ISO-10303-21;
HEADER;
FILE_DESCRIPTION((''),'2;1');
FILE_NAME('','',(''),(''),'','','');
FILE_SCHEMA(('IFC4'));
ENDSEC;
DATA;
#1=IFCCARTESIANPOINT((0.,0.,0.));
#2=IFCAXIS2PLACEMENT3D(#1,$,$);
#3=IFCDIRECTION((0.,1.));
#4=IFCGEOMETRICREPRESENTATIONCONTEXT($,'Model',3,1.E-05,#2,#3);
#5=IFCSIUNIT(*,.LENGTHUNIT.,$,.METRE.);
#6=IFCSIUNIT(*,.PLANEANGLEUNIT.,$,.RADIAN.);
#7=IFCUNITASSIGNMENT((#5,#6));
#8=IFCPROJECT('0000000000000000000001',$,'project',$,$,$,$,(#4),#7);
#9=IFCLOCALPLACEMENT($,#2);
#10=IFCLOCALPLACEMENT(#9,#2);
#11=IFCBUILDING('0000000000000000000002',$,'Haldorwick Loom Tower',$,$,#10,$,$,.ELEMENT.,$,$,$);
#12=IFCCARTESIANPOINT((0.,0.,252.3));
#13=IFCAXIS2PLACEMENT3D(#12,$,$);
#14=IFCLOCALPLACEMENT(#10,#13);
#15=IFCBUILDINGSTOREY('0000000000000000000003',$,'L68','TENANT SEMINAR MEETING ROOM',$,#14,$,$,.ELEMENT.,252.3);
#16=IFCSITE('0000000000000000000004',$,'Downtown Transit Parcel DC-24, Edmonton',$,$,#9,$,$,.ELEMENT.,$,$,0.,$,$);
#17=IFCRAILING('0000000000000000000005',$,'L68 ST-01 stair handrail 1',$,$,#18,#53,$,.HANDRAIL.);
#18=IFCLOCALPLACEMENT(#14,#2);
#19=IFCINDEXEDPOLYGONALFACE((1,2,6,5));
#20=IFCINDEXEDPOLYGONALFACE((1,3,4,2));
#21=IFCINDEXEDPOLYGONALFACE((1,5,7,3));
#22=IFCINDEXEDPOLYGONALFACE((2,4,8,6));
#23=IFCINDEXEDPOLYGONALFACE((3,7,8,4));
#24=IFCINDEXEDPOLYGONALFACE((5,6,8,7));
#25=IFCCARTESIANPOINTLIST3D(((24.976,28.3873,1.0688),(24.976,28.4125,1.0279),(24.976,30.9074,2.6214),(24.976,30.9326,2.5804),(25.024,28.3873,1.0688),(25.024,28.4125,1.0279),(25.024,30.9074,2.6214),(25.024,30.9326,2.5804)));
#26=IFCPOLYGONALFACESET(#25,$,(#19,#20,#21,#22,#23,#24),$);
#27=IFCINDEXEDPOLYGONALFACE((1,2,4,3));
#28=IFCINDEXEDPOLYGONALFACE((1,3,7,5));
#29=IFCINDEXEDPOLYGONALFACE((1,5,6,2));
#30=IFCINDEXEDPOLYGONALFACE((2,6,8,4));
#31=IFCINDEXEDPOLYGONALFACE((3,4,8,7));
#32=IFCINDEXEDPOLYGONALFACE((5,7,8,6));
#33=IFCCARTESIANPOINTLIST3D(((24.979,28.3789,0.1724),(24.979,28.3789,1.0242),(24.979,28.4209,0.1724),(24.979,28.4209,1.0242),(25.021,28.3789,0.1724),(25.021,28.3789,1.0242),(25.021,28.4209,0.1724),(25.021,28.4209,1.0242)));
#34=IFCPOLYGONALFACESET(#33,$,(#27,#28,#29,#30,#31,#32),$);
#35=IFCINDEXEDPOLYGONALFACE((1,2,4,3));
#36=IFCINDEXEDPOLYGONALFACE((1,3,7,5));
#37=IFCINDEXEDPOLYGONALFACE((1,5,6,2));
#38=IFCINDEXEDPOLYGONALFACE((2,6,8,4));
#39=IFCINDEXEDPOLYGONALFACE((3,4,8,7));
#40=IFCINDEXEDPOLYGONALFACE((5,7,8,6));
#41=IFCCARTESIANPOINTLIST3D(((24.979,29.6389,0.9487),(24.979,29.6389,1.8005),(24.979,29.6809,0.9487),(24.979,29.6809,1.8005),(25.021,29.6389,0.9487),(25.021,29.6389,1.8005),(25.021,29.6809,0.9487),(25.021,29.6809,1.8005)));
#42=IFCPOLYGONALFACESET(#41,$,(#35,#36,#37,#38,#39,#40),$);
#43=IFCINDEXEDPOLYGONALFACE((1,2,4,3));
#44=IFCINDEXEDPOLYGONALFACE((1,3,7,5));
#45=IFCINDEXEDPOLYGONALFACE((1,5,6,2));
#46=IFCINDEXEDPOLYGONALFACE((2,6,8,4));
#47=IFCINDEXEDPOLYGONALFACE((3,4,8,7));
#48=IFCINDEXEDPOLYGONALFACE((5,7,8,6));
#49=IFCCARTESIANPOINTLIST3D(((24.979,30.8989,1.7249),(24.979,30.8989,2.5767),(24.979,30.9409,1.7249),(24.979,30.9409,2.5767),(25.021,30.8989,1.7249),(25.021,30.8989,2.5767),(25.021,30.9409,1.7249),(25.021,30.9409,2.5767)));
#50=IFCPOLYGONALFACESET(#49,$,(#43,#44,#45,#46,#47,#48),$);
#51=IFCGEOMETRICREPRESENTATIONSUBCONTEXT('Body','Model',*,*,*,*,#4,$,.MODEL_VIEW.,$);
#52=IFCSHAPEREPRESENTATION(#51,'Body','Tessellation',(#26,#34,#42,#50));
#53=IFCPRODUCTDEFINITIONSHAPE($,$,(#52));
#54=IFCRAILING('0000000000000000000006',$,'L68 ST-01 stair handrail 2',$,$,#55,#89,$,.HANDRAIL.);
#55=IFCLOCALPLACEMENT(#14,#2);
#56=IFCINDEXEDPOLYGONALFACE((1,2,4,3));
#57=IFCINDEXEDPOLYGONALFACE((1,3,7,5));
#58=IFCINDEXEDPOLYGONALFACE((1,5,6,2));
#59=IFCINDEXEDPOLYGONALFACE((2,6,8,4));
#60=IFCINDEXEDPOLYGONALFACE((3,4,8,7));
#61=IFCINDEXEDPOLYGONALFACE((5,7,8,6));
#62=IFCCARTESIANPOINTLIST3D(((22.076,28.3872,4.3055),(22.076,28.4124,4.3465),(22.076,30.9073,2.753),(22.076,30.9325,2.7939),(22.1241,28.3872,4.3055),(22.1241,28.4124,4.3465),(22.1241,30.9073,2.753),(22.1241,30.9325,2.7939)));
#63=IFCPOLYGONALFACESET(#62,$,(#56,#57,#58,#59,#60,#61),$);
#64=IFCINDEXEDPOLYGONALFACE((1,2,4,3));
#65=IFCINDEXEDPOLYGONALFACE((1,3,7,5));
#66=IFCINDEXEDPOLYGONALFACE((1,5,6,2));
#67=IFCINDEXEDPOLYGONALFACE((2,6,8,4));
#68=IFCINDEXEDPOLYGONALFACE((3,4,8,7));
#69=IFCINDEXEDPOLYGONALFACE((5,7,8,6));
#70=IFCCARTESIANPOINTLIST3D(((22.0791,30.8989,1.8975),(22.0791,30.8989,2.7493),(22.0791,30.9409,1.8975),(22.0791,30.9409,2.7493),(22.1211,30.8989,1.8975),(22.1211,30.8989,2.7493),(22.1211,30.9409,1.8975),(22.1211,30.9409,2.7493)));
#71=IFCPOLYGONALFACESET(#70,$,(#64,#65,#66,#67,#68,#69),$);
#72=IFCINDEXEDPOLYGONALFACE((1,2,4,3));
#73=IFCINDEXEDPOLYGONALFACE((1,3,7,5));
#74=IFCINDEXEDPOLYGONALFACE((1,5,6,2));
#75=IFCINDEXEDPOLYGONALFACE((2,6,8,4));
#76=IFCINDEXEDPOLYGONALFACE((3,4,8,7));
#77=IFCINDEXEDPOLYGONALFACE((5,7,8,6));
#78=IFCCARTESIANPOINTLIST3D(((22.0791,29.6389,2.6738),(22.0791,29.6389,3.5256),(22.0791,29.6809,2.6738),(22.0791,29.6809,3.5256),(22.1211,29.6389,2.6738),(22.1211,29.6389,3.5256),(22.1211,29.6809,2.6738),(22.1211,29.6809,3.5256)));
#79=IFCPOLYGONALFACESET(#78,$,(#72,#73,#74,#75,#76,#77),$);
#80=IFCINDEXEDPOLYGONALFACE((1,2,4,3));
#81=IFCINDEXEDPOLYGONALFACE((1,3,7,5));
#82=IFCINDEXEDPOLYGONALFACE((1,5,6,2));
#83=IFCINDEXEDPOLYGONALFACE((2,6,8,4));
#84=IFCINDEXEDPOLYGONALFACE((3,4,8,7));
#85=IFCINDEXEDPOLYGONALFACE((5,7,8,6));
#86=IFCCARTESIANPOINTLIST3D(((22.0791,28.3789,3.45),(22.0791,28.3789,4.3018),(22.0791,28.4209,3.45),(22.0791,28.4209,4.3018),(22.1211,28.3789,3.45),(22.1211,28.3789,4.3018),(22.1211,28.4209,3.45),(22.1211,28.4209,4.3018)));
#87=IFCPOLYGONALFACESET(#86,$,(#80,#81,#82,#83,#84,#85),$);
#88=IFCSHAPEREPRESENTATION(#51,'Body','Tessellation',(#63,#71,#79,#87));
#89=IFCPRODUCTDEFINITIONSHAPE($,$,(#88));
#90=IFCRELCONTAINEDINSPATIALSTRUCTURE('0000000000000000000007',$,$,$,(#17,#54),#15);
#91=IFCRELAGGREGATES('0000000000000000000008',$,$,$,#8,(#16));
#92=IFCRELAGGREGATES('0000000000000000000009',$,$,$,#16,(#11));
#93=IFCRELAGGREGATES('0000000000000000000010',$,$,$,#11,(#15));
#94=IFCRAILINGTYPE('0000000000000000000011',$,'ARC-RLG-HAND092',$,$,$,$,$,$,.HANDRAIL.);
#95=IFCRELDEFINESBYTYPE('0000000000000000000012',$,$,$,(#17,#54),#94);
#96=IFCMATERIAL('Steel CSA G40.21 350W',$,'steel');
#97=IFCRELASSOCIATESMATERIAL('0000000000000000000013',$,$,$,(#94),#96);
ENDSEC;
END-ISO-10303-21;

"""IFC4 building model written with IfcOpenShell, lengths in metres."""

from ifc_helpers import new_model, si_unit, direction, frame, origin, origin_2d, place, context, subcontext, project, spatial, rectangle, extrude, material, type_object, element, save


model = new_model("IFC4")

# Units and contexts
model_context = context("Model", 3, precision=1e-05, world=origin(), true_north=direction((0.0, 1.0)))
body_context = subcontext(model_context, "Body", "Model", "MODEL_VIEW")
ifc_project = project(units=[si_unit("LENGTHUNIT", "METRE"), si_unit("PLANEANGLEUNIT", "RADIAN")], contexts=[model_context])

# Site, building, storey
site_placement = place(None, origin())
site = spatial("IfcSite", under=ifc_project, at=site_placement, Name="Downtown Transit Parcel DC-24, Edmonton", CompositionType="ELEMENT", RefElevation=0.0)
building_placement = place(site_placement, origin())
building = spatial("IfcBuilding", under=site, at=building_placement, Name="Haldorwick Loom Tower", CompositionType="ELEMENT")
storey_placement = place(building_placement, frame((0.0, 0.0, 252.3)))
storey = spatial("IfcBuildingStorey", under=building, at=storey_placement, Name="L68", Description="TENANT SEMINAR MEETING ROOM", CompositionType="ELEMENT", Elevation=252.3)

# Shared definitions
ifc_material_1 = material(Name="Steel CSA G40.21 350W", Category="steel")

# Railings
railing_type_1 = type_object("IfcRailingType", Name="ARC-RLG-HAND092", PredefinedType="HANDRAIL", material=ifc_material_1)
railing_1_placement = place(storey_placement, frame((25.0, 28.3999, 0.1724)))
element("IfcRailing", 1, at=railing_1_placement, inside=storey, type_object=railing_type_1, Name="L68 ST-01 stair handrail 1", PredefinedType="HANDRAIL", context=body_context, shape_type="SweptSolid", body=[
    extrude(rectangle(XDim=0.0481, YDim=0.0481, at=origin_2d()), frame((0.0, 0.0, 0.876), z_axis=(0.0, 0.8514, 0.524516), x_axis=(-1.0, 0.0, 0.0)), (0.0, 0.0, 1.0), 2.96),
    extrude(rectangle(XDim=0.042, YDim=0.042, at=origin_2d()), origin(), (0.0, 0.0, 1.0), 0.8518),
    extrude(rectangle(XDim=0.042, YDim=0.042, at=origin_2d()), frame((0.0, 1.26, 0.7764)), (0.0, 0.0, 1.0), 0.8518),
    extrude(rectangle(XDim=0.042, YDim=0.042, at=origin_2d()), frame((0.0, 2.52, 1.5525)), (0.0, 0.0, 1.0), 0.8518),
])
railing_2_placement = place(storey_placement, frame((22.1001, 30.9199, 1.8975)))
element("IfcRailing", 2, at=railing_2_placement, inside=storey, type_object=railing_type_1, Name="L68 ST-01 stair handrail 2", PredefinedType="HANDRAIL", context=body_context, shape_type="SweptSolid", body=[
    extrude(rectangle(XDim=0.0481, YDim=0.0481, at=origin_2d()), frame((0.0, 0.0, 0.876), z_axis=(0.0, -0.8514, 0.524516), x_axis=(1.0, 0.0, 0.0)), (0.0, 0.0, 1.0), 2.96),
    extrude(rectangle(XDim=0.042, YDim=0.042, at=origin_2d()), origin(), (0.0, 0.0, 1.0), 0.8518),
    extrude(rectangle(XDim=0.042, YDim=0.042, at=origin_2d()), frame((0.0, -1.26, 0.7764)), (0.0, 0.0, 1.0), 0.8518),
    extrude(rectangle(XDim=0.042, YDim=0.042, at=origin_2d()), frame((0.0, -2.52, 1.5525)), (0.0, 0.0, 1.0), 0.8518),
])

save(model, "model.ifc")
